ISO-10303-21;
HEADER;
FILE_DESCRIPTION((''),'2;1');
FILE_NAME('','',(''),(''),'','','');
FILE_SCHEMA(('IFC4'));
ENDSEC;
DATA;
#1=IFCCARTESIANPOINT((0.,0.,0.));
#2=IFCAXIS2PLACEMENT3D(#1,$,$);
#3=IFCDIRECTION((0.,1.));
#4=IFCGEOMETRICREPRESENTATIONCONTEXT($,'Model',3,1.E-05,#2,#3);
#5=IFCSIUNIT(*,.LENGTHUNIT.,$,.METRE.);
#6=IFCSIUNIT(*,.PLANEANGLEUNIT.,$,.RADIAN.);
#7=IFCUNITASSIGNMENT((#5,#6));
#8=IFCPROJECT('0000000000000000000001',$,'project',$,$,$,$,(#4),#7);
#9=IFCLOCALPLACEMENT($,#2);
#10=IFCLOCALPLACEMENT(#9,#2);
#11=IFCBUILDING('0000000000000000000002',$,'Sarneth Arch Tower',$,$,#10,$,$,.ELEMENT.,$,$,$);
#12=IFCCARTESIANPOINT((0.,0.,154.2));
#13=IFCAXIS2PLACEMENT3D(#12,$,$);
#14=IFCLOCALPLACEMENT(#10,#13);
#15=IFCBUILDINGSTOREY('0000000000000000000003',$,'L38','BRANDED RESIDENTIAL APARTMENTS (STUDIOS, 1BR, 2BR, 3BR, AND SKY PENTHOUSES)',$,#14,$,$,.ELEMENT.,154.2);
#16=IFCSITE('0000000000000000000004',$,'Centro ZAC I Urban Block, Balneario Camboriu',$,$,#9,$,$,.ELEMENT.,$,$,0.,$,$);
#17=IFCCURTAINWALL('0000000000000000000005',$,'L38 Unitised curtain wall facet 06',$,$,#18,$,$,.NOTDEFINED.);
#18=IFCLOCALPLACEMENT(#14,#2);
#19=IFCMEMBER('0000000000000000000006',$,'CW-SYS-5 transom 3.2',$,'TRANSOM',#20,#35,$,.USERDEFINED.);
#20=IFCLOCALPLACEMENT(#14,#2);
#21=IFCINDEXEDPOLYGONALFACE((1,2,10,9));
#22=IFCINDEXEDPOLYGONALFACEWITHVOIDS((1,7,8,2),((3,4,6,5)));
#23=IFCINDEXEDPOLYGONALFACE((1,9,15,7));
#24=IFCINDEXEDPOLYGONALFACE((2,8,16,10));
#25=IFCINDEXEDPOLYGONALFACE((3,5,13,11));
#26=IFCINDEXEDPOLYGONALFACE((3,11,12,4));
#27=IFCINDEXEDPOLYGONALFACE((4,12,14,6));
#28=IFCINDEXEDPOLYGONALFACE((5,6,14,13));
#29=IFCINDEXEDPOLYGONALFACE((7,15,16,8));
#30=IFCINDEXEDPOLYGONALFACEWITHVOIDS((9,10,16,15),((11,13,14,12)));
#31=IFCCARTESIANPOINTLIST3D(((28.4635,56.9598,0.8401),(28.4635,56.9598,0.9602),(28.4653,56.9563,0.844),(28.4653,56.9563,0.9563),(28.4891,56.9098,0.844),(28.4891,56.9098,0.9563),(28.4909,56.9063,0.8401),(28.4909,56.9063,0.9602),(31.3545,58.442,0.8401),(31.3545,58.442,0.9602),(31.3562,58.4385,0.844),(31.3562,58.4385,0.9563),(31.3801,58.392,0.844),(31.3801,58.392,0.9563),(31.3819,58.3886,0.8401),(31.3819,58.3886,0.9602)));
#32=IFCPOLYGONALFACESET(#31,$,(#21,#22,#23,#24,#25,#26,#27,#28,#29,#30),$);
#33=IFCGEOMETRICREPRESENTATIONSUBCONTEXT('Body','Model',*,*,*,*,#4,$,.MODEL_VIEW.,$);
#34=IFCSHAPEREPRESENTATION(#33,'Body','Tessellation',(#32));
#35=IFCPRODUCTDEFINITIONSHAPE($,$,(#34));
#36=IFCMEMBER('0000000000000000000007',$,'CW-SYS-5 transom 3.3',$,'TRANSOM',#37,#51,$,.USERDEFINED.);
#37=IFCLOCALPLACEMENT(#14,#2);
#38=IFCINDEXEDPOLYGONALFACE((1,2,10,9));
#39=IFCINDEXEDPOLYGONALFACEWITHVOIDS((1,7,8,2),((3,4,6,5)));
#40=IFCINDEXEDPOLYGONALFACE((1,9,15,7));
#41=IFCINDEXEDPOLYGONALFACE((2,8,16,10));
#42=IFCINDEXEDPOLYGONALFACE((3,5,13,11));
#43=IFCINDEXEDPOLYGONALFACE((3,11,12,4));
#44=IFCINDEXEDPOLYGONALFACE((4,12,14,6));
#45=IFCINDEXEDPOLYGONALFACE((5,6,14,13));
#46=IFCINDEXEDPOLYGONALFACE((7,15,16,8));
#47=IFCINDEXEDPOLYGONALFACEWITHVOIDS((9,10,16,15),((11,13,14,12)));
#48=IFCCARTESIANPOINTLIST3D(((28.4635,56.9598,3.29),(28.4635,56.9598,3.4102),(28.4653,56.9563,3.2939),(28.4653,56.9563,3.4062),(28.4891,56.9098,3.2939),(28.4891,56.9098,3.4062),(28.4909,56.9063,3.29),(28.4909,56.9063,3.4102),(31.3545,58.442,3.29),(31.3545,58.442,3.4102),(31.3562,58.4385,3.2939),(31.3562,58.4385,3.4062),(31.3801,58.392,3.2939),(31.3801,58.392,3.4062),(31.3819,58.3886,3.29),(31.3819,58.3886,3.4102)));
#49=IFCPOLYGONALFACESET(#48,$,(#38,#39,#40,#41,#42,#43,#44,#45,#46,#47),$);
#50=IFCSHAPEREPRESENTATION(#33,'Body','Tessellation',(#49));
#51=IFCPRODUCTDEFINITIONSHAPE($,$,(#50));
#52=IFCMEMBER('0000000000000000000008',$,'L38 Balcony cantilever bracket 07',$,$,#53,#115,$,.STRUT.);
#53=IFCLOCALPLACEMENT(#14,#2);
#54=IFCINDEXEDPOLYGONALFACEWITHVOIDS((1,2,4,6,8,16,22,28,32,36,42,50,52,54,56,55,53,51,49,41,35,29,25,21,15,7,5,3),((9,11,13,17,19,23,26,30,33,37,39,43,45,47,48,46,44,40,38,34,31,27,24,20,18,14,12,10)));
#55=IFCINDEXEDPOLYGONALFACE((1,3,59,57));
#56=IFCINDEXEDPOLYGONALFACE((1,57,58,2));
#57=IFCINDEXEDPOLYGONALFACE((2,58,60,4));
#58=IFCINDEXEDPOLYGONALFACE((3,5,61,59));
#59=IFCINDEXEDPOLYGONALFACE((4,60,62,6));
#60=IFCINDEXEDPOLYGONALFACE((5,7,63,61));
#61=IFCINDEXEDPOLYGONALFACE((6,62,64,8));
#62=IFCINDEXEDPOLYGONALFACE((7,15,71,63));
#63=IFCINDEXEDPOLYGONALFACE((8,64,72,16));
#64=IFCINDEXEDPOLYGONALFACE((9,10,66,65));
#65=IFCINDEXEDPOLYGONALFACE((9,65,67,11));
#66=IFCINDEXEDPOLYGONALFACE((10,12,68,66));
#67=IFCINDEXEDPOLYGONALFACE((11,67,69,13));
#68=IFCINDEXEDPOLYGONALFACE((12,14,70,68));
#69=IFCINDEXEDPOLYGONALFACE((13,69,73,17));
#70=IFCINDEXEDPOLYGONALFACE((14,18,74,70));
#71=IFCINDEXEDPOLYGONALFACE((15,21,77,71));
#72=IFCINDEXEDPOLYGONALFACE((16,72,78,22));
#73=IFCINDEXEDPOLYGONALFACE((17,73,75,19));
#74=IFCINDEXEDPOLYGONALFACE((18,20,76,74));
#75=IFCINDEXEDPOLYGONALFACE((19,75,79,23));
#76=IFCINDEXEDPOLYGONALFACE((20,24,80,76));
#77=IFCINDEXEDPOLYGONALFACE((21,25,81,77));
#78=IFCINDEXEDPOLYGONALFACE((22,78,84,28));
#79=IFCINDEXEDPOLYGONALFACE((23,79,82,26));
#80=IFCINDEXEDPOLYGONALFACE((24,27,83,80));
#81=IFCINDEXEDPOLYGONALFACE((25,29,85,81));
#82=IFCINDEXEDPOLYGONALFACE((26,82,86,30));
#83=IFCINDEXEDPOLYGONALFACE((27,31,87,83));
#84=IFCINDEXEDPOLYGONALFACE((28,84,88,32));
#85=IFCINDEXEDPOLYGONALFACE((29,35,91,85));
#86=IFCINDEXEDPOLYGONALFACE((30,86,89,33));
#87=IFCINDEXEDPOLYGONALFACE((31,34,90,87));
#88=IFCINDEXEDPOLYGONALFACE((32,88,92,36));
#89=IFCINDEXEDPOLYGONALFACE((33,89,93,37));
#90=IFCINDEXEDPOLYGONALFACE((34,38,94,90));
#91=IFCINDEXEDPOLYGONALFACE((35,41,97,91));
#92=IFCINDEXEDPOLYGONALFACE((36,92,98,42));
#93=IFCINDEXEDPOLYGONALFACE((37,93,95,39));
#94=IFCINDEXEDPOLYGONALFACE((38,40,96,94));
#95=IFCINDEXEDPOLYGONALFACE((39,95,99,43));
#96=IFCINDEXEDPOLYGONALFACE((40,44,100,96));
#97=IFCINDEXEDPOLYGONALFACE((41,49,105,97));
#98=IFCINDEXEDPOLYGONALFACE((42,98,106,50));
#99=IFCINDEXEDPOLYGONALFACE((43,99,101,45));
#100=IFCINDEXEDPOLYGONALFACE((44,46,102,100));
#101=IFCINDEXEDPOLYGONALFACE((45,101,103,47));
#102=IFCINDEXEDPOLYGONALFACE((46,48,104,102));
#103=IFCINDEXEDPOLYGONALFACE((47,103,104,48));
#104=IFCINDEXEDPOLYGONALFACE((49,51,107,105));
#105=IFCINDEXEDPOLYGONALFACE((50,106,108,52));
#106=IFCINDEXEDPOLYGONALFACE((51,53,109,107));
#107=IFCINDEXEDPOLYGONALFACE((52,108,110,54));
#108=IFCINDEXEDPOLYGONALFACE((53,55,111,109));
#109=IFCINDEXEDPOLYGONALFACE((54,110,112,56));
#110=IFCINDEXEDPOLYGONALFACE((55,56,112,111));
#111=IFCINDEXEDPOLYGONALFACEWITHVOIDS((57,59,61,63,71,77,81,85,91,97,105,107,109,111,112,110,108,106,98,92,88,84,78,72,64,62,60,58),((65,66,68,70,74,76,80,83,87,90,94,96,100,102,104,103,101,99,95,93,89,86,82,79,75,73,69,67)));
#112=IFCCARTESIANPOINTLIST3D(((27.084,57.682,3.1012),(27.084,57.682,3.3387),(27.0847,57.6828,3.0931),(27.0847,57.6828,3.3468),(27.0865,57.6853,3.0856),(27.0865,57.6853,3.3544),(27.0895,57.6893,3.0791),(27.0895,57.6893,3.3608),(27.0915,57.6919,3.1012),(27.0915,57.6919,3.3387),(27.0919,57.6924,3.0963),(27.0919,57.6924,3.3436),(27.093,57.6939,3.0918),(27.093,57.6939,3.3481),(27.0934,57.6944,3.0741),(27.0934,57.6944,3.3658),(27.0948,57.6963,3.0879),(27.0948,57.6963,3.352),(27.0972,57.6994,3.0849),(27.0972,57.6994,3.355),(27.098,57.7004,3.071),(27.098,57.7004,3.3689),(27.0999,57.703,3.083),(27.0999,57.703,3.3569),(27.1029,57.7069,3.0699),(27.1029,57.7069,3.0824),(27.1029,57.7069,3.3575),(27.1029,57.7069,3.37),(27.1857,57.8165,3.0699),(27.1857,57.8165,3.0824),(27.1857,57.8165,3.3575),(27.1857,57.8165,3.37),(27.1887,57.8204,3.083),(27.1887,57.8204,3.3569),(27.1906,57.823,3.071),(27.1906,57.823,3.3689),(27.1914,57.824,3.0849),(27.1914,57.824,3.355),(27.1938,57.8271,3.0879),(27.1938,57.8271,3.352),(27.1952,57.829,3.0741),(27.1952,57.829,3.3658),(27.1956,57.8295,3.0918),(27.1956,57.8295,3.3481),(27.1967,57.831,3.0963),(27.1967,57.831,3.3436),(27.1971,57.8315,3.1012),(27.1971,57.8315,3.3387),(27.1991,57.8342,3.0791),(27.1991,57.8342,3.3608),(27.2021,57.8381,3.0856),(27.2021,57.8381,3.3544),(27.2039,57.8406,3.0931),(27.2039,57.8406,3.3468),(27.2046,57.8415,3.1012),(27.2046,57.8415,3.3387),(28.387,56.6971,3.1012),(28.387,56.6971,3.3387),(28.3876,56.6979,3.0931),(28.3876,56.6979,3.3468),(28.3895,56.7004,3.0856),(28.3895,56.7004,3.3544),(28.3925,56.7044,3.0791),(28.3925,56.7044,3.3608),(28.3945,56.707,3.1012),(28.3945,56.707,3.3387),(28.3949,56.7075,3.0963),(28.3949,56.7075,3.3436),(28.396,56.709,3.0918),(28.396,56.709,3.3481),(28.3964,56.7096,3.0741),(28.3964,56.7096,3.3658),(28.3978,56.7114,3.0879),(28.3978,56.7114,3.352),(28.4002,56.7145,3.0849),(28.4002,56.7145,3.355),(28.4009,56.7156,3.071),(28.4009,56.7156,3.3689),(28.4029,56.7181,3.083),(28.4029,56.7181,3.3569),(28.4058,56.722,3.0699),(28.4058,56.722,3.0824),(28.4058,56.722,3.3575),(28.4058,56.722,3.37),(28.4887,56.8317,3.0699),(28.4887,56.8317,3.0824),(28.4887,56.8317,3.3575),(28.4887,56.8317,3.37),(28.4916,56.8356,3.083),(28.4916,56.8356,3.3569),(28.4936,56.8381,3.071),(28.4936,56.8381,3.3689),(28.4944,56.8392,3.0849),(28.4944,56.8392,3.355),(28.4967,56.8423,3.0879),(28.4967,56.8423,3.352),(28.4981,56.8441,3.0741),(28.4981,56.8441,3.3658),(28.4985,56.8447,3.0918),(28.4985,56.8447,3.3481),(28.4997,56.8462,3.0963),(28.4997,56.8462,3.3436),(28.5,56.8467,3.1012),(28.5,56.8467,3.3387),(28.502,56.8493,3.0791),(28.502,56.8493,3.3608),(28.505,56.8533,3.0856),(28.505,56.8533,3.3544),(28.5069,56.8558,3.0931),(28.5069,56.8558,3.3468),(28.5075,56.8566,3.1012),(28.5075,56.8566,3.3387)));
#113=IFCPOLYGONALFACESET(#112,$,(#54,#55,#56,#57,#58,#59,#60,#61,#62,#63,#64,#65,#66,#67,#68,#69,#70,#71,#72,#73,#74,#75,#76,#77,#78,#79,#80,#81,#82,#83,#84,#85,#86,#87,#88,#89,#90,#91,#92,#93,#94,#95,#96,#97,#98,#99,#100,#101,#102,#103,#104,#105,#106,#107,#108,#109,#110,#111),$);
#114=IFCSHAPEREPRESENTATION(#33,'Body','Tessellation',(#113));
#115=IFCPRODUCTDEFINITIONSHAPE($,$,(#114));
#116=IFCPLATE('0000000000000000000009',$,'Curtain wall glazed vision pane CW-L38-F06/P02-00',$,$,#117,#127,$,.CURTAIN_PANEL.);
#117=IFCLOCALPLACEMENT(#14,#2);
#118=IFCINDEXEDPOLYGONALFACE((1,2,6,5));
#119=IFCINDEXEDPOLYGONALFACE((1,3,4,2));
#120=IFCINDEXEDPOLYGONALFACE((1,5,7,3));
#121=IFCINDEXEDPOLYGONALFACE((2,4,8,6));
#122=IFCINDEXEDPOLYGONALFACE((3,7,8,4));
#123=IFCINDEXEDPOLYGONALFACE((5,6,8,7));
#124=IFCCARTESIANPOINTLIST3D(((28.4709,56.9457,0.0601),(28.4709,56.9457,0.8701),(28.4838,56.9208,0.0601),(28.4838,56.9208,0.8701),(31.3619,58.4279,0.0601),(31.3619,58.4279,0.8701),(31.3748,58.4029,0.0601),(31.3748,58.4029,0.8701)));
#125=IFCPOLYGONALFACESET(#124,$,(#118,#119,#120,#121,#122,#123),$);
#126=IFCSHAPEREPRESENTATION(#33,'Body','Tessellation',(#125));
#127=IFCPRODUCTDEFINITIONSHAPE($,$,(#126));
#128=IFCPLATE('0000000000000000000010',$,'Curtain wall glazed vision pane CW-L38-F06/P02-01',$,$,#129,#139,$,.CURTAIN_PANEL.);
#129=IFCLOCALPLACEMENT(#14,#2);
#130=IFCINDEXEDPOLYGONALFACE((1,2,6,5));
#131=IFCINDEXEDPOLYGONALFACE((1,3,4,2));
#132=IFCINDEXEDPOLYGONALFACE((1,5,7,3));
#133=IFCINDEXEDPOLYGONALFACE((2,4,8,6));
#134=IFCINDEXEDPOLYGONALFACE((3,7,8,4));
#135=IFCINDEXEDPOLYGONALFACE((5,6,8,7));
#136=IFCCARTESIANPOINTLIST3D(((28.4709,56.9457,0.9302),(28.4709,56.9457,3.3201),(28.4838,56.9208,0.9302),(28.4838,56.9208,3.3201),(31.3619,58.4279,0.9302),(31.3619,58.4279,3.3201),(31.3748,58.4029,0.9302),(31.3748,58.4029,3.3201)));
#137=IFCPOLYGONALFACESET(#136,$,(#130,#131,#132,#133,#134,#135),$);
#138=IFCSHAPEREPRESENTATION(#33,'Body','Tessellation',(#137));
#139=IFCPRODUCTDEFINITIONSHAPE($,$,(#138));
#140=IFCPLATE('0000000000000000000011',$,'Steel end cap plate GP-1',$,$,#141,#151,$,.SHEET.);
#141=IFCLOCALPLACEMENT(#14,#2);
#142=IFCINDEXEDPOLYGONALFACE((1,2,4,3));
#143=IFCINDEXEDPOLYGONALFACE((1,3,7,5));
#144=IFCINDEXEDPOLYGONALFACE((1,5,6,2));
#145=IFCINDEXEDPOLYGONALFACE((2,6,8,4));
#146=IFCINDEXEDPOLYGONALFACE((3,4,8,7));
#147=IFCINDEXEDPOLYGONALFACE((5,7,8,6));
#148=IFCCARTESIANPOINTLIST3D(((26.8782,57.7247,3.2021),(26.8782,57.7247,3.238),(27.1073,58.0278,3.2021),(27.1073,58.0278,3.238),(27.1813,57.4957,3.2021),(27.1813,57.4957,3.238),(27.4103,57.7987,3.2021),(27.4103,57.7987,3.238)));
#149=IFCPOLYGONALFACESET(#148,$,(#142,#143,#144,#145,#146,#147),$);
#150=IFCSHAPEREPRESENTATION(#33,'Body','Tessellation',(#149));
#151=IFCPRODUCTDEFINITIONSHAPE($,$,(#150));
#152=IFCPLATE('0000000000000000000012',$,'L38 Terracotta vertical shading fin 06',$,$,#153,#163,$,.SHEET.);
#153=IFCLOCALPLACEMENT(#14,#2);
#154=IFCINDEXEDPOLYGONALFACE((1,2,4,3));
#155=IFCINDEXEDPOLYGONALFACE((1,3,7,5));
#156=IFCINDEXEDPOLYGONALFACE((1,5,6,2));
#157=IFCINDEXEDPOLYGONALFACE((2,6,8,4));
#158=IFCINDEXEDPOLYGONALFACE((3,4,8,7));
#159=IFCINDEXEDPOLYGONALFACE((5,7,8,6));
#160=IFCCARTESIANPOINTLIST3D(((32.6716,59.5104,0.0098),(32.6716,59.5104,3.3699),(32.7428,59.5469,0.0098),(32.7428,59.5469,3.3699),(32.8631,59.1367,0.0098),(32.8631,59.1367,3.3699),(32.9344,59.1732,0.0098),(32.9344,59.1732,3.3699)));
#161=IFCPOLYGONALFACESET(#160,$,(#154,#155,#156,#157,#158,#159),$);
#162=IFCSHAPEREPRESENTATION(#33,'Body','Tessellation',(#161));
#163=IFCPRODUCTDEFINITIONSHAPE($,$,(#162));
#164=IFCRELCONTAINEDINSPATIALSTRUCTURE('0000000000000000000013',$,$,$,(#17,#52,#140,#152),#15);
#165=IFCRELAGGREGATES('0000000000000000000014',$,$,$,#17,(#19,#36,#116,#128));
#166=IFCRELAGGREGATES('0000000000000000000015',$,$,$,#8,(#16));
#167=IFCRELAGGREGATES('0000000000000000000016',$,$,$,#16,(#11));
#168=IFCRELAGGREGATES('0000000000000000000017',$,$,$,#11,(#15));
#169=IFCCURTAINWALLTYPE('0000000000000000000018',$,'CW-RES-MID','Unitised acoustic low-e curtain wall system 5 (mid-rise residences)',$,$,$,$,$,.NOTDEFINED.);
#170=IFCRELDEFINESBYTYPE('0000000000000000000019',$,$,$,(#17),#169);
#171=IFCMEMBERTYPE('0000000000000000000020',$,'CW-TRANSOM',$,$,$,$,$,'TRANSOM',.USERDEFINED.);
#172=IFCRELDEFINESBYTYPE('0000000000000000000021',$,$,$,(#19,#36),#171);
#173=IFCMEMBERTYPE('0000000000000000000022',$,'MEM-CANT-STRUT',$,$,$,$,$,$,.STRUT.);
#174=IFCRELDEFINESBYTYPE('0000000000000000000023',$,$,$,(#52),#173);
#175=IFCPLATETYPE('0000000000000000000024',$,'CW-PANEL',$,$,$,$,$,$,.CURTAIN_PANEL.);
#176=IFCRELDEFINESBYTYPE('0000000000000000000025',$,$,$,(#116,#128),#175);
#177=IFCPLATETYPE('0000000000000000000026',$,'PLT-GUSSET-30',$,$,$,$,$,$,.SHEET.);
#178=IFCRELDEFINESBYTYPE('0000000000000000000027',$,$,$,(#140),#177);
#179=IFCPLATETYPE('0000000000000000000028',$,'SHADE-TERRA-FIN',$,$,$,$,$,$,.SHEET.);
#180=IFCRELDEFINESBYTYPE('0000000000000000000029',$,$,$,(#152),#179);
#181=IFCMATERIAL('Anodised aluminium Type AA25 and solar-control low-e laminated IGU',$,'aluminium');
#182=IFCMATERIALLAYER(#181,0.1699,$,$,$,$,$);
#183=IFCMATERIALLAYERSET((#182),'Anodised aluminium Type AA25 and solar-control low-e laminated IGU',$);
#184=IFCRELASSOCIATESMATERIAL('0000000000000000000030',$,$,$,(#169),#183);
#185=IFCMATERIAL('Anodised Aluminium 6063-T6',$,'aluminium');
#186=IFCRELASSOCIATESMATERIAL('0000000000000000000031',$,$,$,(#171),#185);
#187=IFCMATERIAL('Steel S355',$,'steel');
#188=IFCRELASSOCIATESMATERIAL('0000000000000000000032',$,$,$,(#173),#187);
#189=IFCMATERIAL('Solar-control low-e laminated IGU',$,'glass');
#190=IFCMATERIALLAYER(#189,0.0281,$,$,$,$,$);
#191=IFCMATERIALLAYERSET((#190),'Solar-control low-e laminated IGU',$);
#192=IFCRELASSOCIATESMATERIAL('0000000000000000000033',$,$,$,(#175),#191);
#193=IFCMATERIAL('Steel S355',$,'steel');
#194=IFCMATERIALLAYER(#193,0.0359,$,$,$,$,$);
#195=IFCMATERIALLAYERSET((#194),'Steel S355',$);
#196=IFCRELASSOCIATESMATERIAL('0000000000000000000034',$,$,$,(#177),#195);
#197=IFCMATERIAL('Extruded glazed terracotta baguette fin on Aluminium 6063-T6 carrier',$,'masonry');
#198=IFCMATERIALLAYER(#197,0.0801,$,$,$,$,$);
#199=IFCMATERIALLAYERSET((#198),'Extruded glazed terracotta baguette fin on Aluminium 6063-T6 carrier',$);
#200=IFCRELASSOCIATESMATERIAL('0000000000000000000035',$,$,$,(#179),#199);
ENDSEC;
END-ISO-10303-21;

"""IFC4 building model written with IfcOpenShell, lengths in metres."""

from ifc_helpers import new_model, si_unit, direction, frame, origin, origin_2d, place, context, subcontext, project, spatial, rectangle, hollow_rectangle, extrude, material, layer, layer_set, material_profile, profile_set, type_object, element, aggregate, save


model = new_model("IFC4")

# Units and contexts
model_context = context("Model", 3, precision=1e-05, world=origin(), true_north=direction((0.0, 1.0)))
body_context = subcontext(model_context, "Body", "Model", "MODEL_VIEW")
ifc_project = project(units=[si_unit("LENGTHUNIT", "METRE"), si_unit("PLANEANGLEUNIT", "RADIAN")], contexts=[model_context])

# Site, building, storey
site_placement = place(None, origin())
site = spatial("IfcSite", under=ifc_project, at=site_placement, Name="Centro ZAC I Urban Block, Balneario Camboriu", CompositionType="ELEMENT", RefElevation=0.0)
building_placement = place(site_placement, origin())
building = spatial("IfcBuilding", under=site, at=building_placement, Name="Sarneth Arch Tower", CompositionType="ELEMENT")
storey_placement = place(building_placement, frame((0.0, 0.0, 154.2)))
storey = spatial("IfcBuildingStorey", under=building, at=storey_placement, Name="L38", Description="BRANDED RESIDENTIAL APARTMENTS (STUDIOS, 1BR, 2BR, 3BR, AND SKY PENTHOUSES)", CompositionType="ELEMENT", Elevation=154.2)

# Curtain wall, members
ifc_material_1 = material(Name="Anodised aluminium Type AA25 and solar-control low-e laminated IGU", Category="aluminium")
ifc_layer_1 = layer(ifc_material_1, 0.1699)
ifc_layer_set_1 = layer_set([ifc_layer_1], Name="Anodised aluminium Type AA25 and solar-control low-e laminated IGU")
curtain_wall_type = type_object("IfcCurtainWallType", Name="CW-RES-MID", Description="Unitised acoustic low-e curtain wall system 5 (mid-rise residences)", PredefinedType="NOTDEFINED", material=ifc_layer_set_1)
curtain_wall_placement = place(storey_placement, origin())
curtain_wall = element("IfcCurtainWall", 1, at=curtain_wall_placement, inside=storey, type_object=curtain_wall_type, Name="L38 Unitised curtain wall facet 06", PredefinedType="NOTDEFINED")
ifc_material_2 = material(Name="Anodised Aluminium 6063-T6", Category="aluminium")
ifc_material_profile_1 = material_profile(ifc_material_2, hollow_rectangle(XDim=0.0601, YDim=0.1201, WallThickness=0.0039, at=origin_2d()), Name="AL-TRAN-120x60x4")
ifc_profile_set_1 = profile_set([ifc_material_profile_1], Name="Anodised Aluminium 6063-T6")
member_type_1 = type_object("IfcMemberType", Name="CW-TRANSOM", ElementType="TRANSOM", PredefinedType="USERDEFINED", material=ifc_profile_set_1)
member_1_placement = place(storey_placement, frame((31.3682, 58.4153, 0.9001), z_axis=(-0.889857, -0.456239, 0.0), x_axis=(0.456239, -0.889857, 0.0)))
member_1 = element("IfcMember", 2, at=member_1_placement, type_object=member_type_1, Name="CW-SYS-5 transom 3.2", ObjectType="TRANSOM", PredefinedType="USERDEFINED", context=body_context, shape_type="SweptSolid", body=[
    extrude(hollow_rectangle(XDim=0.0601, YDim=0.1201, WallThickness=0.0039, at=origin_2d()), origin(), (0.0, 0.0, 1.0), 3.2488),
])
member_2_placement = place(storey_placement, frame((31.3682, 58.4153, 3.3501), z_axis=(-0.889857, -0.456239, 0.0), x_axis=(0.456239, -0.889857, 0.0)))
member_2 = element("IfcMember", 3, at=member_2_placement, type_object=member_type_1, Name="CW-SYS-5 transom 3.3", ObjectType="TRANSOM", PredefinedType="USERDEFINED", context=body_context, shape_type="SweptSolid", body=[
    extrude(hollow_rectangle(XDim=0.0601, YDim=0.1201, WallThickness=0.0039, at=origin_2d()), origin(), (0.0, 0.0, 1.0), 3.2488),
])

# Member
ifc_material_3 = material(Name="Steel S355", Category="steel")
ifc_material_profile_2 = material_profile(ifc_material_3, hollow_rectangle(XDim=0.2, YDim=0.3, WallThickness=0.0125, InnerFilletRadius=0.0188, OuterFilletRadius=0.0312, at=origin_2d()), Name="RHS300x200x12.5")
ifc_profile_set_2 = profile_set([ifc_material_profile_2], Name="Steel S355")
member_type_2 = type_object("IfcMemberType", Name="MEM-CANT-STRUT", PredefinedType="STRUT", material=ifc_profile_set_2)
member_3_placement = place(storey_placement, frame((28.4473, 56.7769, 3.22), z_axis=(-0.797752, 0.602985, 0.0), x_axis=(-0.602985, -0.797752, 0.0)))
element("IfcMember", 4, at=member_3_placement, inside=storey, type_object=member_type_2, Name="L38 Balcony cantilever bracket 07", PredefinedType="STRUT", context=body_context, shape_type="SweptSolid", body=[
    extrude(hollow_rectangle(XDim=0.2, YDim=0.3, WallThickness=0.0125, InnerFilletRadius=0.0188, OuterFilletRadius=0.0312, at=origin_2d()), origin(), (0.0, 0.0, 1.0), 1.6333),
])

# Plates
ifc_material_4 = material(Name="Solar-control low-e laminated IGU", Category="glass")
ifc_layer_2 = layer(ifc_material_4, 0.0281)
ifc_layer_set_2 = layer_set([ifc_layer_2], Name="Solar-control low-e laminated IGU")
plate_type_1 = type_object("IfcPlateType", Name="CW-PANEL", PredefinedType="CURTAIN_PANEL", material=ifc_layer_set_2)
plate_1_placement = place(storey_placement, frame((29.9229, 57.6743, 0.0601), z_axis=(0.0, 0.0, 1.0), x_axis=(-0.889873, -0.456208, 0.0)))
plate_1 = element("IfcPlate", 5, at=plate_1_placement, type_object=plate_type_1, Name="Curtain wall glazed vision pane CW-L38-F06/P02-00", PredefinedType="CURTAIN_PANEL", context=body_context, shape_type="SweptSolid", body=[
    extrude(rectangle(XDim=3.2488, YDim=0.0281, at=origin_2d()), origin(), (0.0, 0.0, 1.0), 0.8101),
])
plate_2_placement = place(storey_placement, frame((29.9229, 57.6743, 0.9302), z_axis=(0.0, 0.0, 1.0), x_axis=(-0.889873, -0.456208, 0.0)))
plate_2 = element("IfcPlate", 6, at=plate_2_placement, type_object=plate_type_1, Name="Curtain wall glazed vision pane CW-L38-F06/P02-01", PredefinedType="CURTAIN_PANEL", context=body_context, shape_type="SweptSolid", body=[
    extrude(rectangle(XDim=3.2488, YDim=0.0281, at=origin_2d()), origin(), (0.0, 0.0, 1.0), 2.3899),
])
aggregate(curtain_wall, [member_1, member_2, plate_1, plate_2])

# Plates
ifc_material_5 = material(Name="Steel S355", Category="steel")
ifc_layer_3 = layer(ifc_material_5, 0.0359)
ifc_layer_set_3 = layer_set([ifc_layer_3], Name="Steel S355")
plate_type_2 = type_object("IfcPlateType", Name="PLT-GUSSET-30", PredefinedType="SHEET", material=ifc_layer_set_3)
plate_3_placement = place(storey_placement, frame((27.1443, 57.7617, 3.2021), z_axis=(0.0, 0.0, 1.0), x_axis=(-0.797794, 0.60293, 0.0)))
element("IfcPlate", 7, at=plate_3_placement, inside=storey, type_object=plate_type_2, Name="Steel end cap plate GP-1", PredefinedType="SHEET", context=body_context, shape_type="SweptSolid", body=[
    extrude(rectangle(XDim=0.3799, YDim=0.3799, at=origin_2d()), origin(), (0.0, 0.0, 1.0), 0.0359),
])
ifc_material_6 = material(Name="Extruded glazed terracotta baguette fin on Aluminium 6063-T6 carrier", Category="masonry")
ifc_layer_4 = layer(ifc_material_6, 0.0801)
ifc_layer_set_4 = layer_set([ifc_layer_4], Name="Extruded glazed terracotta baguette fin on Aluminium 6063-T6 carrier")
plate_type_3 = type_object("IfcPlateType", Name="SHADE-TERRA-FIN", PredefinedType="SHEET", material=ifc_layer_set_4)
plate_4_placement = place(storey_placement, frame((32.803, 59.3418, 0.0098), z_axis=(0.0, 0.0, 1.0), x_axis=(-0.456166, 0.889895, 0.0)))
element("IfcPlate", 8, at=plate_4_placement, inside=storey, type_object=plate_type_3, Name="L38 Terracotta vertical shading fin 06", PredefinedType="SHEET", context=body_context, shape_type="SweptSolid", body=[
    extrude(rectangle(XDim=0.4199, YDim=0.0801, at=origin_2d()), origin(), (0.0, 0.0, 1.0), 3.3601),
])

save(model, "model.ifc")
